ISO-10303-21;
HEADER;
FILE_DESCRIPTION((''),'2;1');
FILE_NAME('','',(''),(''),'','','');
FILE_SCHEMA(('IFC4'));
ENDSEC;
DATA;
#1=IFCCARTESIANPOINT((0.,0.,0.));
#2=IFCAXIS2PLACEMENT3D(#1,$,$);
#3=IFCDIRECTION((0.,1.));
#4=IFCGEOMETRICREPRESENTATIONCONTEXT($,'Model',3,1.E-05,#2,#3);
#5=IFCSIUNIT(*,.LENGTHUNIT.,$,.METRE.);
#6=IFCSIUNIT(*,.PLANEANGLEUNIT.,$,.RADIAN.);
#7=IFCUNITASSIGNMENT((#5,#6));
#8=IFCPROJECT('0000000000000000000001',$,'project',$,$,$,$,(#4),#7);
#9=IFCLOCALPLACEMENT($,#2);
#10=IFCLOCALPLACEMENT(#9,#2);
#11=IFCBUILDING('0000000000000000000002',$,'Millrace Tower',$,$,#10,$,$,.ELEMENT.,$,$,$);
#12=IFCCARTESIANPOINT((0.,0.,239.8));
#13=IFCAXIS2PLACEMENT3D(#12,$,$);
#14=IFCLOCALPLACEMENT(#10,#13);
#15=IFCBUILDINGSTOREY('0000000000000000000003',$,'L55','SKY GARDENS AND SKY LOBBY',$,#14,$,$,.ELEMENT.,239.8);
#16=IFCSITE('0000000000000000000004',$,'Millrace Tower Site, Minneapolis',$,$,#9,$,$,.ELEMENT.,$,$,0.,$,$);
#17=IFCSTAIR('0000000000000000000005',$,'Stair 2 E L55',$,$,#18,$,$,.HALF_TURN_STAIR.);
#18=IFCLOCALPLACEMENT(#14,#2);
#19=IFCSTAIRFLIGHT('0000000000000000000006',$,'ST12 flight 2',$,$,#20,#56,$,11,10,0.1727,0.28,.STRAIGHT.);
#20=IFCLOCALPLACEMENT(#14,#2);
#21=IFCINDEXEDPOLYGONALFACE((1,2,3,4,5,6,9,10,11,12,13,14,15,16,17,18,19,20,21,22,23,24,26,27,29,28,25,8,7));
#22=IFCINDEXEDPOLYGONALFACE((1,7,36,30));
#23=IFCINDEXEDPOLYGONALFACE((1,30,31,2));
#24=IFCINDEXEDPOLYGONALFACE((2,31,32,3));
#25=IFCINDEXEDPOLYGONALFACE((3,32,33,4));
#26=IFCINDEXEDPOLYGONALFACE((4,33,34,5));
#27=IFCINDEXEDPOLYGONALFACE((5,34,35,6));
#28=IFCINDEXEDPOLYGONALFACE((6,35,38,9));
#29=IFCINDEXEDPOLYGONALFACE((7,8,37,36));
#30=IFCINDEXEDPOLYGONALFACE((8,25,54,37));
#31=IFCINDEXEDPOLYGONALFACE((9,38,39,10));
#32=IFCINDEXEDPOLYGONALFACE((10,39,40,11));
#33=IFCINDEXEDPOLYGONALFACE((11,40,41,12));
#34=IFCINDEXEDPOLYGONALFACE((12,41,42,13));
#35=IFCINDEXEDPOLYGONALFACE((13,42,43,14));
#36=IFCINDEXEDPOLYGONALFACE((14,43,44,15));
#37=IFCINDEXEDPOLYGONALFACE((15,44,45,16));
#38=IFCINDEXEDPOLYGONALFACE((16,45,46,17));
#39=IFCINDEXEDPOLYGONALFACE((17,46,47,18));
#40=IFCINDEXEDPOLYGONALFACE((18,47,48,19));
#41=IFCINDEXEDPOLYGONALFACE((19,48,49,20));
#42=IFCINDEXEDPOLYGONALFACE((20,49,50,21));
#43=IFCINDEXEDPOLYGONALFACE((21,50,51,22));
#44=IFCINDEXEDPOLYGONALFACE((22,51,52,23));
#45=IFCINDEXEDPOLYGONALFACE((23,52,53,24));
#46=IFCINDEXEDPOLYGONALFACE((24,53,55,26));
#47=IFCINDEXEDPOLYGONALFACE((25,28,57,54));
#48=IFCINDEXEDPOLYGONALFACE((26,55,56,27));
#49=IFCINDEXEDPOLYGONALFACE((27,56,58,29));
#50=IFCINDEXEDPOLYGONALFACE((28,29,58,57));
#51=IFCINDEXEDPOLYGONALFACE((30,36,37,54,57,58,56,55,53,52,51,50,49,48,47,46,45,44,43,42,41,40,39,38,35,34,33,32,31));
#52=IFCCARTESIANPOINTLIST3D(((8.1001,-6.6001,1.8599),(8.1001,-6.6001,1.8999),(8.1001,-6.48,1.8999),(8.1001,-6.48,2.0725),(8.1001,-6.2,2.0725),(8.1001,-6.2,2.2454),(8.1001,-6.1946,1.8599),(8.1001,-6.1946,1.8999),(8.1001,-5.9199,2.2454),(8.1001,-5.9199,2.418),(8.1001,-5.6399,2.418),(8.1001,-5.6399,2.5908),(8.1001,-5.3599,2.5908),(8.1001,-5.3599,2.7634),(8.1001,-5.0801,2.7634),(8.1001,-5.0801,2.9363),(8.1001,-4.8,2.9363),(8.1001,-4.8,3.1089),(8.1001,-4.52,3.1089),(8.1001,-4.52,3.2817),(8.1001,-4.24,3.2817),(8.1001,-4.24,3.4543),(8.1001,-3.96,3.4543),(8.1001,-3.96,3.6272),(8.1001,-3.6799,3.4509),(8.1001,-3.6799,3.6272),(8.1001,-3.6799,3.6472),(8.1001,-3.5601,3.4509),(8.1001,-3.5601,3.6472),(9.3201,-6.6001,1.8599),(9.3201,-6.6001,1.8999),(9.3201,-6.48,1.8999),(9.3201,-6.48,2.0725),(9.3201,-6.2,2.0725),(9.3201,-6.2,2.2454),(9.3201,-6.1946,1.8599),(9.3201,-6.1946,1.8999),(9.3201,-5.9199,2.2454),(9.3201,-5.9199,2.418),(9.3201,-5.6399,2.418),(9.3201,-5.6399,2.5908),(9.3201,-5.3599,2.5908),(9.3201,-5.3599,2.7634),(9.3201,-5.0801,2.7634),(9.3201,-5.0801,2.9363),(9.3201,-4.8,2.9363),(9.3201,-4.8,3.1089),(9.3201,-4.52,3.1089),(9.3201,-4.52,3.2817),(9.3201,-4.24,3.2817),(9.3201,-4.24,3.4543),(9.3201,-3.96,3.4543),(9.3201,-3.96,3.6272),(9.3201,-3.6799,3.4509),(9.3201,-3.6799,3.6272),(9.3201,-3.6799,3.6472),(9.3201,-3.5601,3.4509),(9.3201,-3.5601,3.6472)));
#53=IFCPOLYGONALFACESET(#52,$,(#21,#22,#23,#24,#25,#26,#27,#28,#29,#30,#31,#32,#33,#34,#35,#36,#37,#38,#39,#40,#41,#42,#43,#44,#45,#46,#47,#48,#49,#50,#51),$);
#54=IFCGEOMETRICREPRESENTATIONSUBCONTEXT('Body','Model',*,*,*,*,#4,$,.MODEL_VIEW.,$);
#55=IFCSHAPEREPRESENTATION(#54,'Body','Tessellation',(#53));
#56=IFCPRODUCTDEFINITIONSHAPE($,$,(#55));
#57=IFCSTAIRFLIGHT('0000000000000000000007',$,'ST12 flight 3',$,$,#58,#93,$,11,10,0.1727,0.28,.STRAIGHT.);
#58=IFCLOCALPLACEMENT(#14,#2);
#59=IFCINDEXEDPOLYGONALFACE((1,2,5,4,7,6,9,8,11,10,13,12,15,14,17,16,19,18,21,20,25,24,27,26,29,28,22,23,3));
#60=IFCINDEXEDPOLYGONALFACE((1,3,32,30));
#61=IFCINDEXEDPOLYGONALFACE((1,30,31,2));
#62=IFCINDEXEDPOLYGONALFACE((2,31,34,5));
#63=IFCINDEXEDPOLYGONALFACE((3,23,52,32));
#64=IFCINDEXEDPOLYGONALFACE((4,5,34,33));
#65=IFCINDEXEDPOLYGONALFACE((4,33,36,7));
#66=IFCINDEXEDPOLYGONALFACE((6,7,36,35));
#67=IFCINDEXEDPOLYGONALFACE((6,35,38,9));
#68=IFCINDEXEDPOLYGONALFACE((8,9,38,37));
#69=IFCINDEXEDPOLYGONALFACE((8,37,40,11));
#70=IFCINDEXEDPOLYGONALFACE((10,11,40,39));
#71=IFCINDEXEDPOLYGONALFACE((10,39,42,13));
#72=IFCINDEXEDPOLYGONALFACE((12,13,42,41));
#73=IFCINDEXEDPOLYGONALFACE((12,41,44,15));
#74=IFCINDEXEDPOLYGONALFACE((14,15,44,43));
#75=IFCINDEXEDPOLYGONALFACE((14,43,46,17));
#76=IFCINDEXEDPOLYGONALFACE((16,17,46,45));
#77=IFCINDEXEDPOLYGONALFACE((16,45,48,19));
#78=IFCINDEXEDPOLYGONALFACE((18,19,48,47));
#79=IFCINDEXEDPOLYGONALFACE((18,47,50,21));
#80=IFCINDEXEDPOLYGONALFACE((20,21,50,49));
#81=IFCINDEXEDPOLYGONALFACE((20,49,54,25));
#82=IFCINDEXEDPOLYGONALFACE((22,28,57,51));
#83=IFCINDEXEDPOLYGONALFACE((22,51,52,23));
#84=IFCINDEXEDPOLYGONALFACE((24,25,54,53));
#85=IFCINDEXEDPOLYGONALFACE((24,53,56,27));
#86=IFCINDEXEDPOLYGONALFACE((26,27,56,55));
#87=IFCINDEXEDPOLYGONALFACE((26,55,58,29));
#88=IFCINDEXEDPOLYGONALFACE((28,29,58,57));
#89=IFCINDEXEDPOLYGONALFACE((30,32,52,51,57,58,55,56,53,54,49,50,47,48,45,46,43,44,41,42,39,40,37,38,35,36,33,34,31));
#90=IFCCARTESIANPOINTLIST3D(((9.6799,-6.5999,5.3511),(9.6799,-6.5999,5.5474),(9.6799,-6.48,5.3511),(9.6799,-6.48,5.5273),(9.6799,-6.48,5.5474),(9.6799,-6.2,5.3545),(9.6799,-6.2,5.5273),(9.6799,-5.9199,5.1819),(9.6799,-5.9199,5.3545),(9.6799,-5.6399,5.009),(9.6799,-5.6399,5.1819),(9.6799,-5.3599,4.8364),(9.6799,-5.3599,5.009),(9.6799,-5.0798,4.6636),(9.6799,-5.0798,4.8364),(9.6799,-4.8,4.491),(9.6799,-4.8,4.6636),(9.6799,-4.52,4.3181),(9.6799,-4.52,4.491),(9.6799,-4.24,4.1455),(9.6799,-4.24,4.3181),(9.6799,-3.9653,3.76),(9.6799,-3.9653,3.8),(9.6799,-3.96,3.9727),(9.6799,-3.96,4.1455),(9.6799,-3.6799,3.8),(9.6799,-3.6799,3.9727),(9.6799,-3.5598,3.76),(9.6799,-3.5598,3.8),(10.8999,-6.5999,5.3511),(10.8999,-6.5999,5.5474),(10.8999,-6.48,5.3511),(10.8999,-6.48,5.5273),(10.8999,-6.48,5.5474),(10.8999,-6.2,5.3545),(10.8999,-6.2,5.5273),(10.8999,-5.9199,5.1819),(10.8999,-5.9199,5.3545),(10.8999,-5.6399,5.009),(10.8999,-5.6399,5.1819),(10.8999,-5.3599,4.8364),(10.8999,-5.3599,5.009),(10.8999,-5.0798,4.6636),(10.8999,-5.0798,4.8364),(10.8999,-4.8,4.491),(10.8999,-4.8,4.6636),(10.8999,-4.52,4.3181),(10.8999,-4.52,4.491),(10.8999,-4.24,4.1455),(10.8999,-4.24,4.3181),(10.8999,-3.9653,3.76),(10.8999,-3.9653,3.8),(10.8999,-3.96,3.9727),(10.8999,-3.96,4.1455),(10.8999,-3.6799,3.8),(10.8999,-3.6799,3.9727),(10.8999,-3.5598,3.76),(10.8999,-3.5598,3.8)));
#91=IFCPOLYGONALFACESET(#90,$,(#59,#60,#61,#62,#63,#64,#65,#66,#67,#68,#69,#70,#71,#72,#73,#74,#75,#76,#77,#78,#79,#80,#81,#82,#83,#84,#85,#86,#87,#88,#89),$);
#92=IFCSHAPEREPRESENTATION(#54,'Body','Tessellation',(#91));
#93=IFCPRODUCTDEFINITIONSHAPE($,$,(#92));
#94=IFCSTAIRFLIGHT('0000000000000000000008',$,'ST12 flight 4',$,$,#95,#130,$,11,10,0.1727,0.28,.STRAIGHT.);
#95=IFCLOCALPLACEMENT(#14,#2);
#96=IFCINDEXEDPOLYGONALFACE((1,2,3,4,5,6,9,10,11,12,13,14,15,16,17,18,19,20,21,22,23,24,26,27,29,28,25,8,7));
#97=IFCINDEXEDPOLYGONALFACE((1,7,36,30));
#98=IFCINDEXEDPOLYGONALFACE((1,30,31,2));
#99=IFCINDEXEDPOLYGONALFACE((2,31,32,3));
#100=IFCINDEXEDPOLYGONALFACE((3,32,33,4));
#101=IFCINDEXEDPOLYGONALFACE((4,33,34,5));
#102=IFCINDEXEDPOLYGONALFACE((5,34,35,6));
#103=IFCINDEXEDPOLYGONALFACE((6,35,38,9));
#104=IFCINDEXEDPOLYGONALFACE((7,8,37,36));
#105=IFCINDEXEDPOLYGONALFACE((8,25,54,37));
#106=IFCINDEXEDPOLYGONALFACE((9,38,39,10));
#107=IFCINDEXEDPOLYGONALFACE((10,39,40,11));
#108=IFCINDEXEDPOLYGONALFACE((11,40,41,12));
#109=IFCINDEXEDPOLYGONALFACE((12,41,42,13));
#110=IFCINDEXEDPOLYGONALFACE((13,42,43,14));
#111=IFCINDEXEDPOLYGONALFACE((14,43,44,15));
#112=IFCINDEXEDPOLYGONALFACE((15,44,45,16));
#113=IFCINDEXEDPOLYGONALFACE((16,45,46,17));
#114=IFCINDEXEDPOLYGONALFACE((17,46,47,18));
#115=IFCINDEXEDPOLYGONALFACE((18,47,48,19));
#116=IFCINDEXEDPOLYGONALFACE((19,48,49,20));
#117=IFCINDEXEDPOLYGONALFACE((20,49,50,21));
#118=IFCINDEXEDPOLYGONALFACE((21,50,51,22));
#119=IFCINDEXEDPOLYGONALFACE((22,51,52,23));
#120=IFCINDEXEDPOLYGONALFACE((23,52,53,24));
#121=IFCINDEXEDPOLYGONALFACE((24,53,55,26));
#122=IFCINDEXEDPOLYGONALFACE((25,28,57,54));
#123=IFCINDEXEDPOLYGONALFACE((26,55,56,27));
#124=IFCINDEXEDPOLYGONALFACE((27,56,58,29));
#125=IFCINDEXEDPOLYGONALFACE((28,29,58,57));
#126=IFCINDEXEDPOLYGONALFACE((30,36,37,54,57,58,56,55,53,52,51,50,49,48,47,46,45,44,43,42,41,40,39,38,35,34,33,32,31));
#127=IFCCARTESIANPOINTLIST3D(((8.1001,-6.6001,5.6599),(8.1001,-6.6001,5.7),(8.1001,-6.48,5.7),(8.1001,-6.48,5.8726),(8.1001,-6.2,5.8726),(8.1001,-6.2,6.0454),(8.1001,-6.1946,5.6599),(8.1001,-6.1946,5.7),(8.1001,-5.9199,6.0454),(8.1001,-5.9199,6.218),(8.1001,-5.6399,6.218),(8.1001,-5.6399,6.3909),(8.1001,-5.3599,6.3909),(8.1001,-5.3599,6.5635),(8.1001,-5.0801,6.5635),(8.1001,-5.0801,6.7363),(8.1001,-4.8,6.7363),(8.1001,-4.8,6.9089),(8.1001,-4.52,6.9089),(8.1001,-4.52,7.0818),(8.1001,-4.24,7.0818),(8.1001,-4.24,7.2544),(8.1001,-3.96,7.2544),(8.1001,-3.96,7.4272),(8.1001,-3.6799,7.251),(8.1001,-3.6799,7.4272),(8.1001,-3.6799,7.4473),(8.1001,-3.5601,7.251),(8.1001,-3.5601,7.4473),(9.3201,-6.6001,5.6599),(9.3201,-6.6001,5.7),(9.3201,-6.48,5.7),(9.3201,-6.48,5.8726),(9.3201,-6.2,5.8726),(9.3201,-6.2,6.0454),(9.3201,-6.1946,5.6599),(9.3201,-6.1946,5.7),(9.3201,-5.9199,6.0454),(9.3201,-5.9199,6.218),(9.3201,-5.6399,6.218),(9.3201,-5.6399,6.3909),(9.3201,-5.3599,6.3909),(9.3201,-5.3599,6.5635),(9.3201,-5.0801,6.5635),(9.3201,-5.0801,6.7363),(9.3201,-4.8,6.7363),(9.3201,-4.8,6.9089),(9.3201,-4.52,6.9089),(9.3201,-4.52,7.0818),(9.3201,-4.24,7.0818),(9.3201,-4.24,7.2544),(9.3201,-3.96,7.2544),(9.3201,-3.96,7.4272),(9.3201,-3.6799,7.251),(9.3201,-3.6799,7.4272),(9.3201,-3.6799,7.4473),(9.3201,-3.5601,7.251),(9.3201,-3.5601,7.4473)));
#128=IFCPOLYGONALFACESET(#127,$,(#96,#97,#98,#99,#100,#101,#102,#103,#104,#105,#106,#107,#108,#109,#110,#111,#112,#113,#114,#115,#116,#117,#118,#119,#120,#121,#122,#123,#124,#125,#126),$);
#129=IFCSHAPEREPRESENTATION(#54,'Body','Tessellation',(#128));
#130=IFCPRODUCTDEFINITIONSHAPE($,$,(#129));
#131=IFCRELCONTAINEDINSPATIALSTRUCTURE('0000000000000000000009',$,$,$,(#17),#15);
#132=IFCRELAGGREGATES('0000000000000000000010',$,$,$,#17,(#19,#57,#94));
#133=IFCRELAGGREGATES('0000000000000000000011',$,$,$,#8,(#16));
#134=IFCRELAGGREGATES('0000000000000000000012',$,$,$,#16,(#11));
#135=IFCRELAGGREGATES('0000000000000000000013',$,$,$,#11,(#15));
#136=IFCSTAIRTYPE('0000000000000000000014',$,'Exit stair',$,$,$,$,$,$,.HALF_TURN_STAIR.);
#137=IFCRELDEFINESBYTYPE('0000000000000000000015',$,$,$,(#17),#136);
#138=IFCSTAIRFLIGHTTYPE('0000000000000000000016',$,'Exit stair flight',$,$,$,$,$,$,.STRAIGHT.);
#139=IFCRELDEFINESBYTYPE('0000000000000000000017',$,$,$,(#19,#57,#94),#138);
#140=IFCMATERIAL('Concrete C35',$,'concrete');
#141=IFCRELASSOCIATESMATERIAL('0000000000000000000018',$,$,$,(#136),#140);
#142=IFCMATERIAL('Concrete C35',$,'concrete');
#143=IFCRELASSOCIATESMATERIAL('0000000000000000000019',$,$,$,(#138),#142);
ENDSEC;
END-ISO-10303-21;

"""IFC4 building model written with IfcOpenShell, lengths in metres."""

from ifc_helpers import new_model, si_unit, direction, frame, origin, place, context, subcontext, project, spatial, polyline, outline, extrude, material, type_object, element, aggregate, save


model = new_model("IFC4")

# Units and contexts
model_context = context("Model", 3, precision=1e-05, world=origin(), true_north=direction((0.0, 1.0)))
body_context = subcontext(model_context, "Body", "Model", "MODEL_VIEW")
ifc_project = project(units=[si_unit("LENGTHUNIT", "METRE"), si_unit("PLANEANGLEUNIT", "RADIAN")], contexts=[model_context])

# Site, building, storey
site_placement = place(None, origin())
site = spatial("IfcSite", under=ifc_project, at=site_placement, Name="Millrace Tower Site, Minneapolis", CompositionType="ELEMENT", RefElevation=0.0)
building_placement = place(site_placement, origin())
building = spatial("IfcBuilding", under=site, at=building_placement, Name="Millrace Tower", CompositionType="ELEMENT")
storey_placement = place(building_placement, frame((0.0, 0.0, 239.8)))
storey = spatial("IfcBuildingStorey", under=building, at=storey_placement, Name="L55", Description="SKY GARDENS AND SKY LOBBY", CompositionType="ELEMENT", Elevation=239.8)

# Shared definitions
placement = place(storey_placement, origin())

# Stair, stair flights
ifc_material_1 = material(Name="Concrete C35", Category="concrete")
stair_type = type_object("IfcStairType", Name="Exit stair", PredefinedType="HALF_TURN_STAIR", material=ifc_material_1)
ifc_material_2 = material(Name="Concrete C35", Category="concrete")
stair_flight_type = type_object("IfcStairFlightType", Name="Exit stair flight", PredefinedType="STRAIGHT", material=ifc_material_2)
stair_1 = element("IfcStair", 1, at=placement, inside=storey, type_object=stair_type, Name="Stair 2 E L55", PredefinedType="HALF_TURN_STAIR")
stair_flight_1_placement = place(storey_placement, frame((8.71, -6.48, 1.8999), z_axis=(0.0, 0.0, 1.0), x_axis=(0.0, 1.0, 0.0)))
stair_flight_1 = element("IfcStairFlight", 2, at=stair_flight_1_placement, type_object=stair_flight_type, Name="ST12 flight 2", NumberOfRisers=11, NumberOfTreads=10, PredefinedType="STRAIGHT", RiserHeight=0.1727, TreadLength=0.28, context=body_context, shape_type="SweptSolid", body=[
    extrude(outline(polyline([(-0.1201, -0.04), (-0.1201, 0.0), (0.0, 0.0), (0.0, 0.1726), (0.28, 0.1726), (0.28, 0.3455), (0.5601, 0.3455), (0.5601, 0.5181), (0.8401, 0.5181), (0.8401, 0.6909), (1.1201, 0.6909), (1.1201, 0.8635), (1.3999, 0.8635), (1.3999, 1.0364), (1.6799, 1.0364), (1.6799, 1.209), (1.96, 1.209), (1.96, 1.3818), (2.24, 1.3818), (2.24, 1.5544), (2.52, 1.5544), (2.52, 1.7273), (2.8, 1.7273), (2.8, 1.7473), (2.9199, 1.7473), (2.9199, 1.551), (2.8, 1.551), (0.2854, 0.0), (0.2854, -0.04), (-0.1201, -0.04)])), frame((0.0, 0.6099, 0.0), z_axis=(0.0, -1.0, 0.0), x_axis=(1.0, 0.0, 0.0)), (0.0, 0.0, 1.0), 1.22),
])
stair_flight_2_placement = place(storey_placement, frame((10.29, -3.6799, 3.8), z_axis=(0.0, 0.0, 1.0), x_axis=(0.0, -1.0, 0.0)))
stair_flight_2 = element("IfcStairFlight", 3, at=stair_flight_2_placement, type_object=stair_flight_type, Name="ST12 flight 3", NumberOfRisers=11, NumberOfTreads=10, PredefinedType="STRAIGHT", RiserHeight=0.1727, TreadLength=0.28, context=body_context, shape_type="SweptSolid", body=[
    extrude(outline(polyline([(-0.1201, -0.04), (-0.1201, 0.0), (0.0, 0.0), (0.0, 0.1726), (0.28, 0.1726), (0.28, 0.3455), (0.5601, 0.3455), (0.5601, 0.5181), (0.8401, 0.5181), (0.8401, 0.6909), (1.1201, 0.6909), (1.1201, 0.8635), (1.3999, 0.8635), (1.3999, 1.0364), (1.6799, 1.0364), (1.6799, 1.209), (1.96, 1.209), (1.96, 1.3818), (2.24, 1.3818), (2.24, 1.5544), (2.52, 1.5544), (2.52, 1.7273), (2.8, 1.7273), (2.8, 1.7473), (2.9199, 1.7473), (2.9199, 1.551), (2.8, 1.551), (0.2854, 0.0), (0.2854, -0.04), (-0.1201, -0.04)])), frame((0.0, 0.6099, 0.0), z_axis=(0.0, -1.0, 0.0), x_axis=(1.0, 0.0, 0.0)), (0.0, 0.0, 1.0), 1.22),
])
stair_flight_3_placement = place(storey_placement, frame((8.71, -6.48, 5.7), z_axis=(0.0, 0.0, 1.0), x_axis=(0.0, 1.0, 0.0)))
stair_flight_3 = element("IfcStairFlight", 4, at=stair_flight_3_placement, type_object=stair_flight_type, Name="ST12 flight 4", NumberOfRisers=11, NumberOfTreads=10, PredefinedType="STRAIGHT", RiserHeight=0.1727, TreadLength=0.28, context=body_context, shape_type="SweptSolid", body=[
    extrude(outline(polyline([(-0.1201, -0.04), (-0.1201, 0.0), (0.0, 0.0), (0.0, 0.1726), (0.28, 0.1726), (0.28, 0.3455), (0.5601, 0.3455), (0.5601, 0.5181), (0.8401, 0.5181), (0.8401, 0.6909), (1.1201, 0.6909), (1.1201, 0.8635), (1.3999, 0.8635), (1.3999, 1.0364), (1.6799, 1.0364), (1.6799, 1.209), (1.96, 1.209), (1.96, 1.3818), (2.24, 1.3818), (2.24, 1.5544), (2.52, 1.5544), (2.52, 1.7273), (2.8, 1.7273), (2.8, 1.7473), (2.9199, 1.7473), (2.9199, 1.551), (2.8, 1.551), (0.2854, 0.0), (0.2854, -0.04), (-0.1201, -0.04)])), frame((0.0, 0.6099, 0.0), z_axis=(0.0, -1.0, 0.0), x_axis=(1.0, 0.0, 0.0)), (0.0, 0.0, 1.0), 1.22),
])
aggregate(stair_1, [stair_flight_1, stair_flight_2, stair_flight_3])

save(model, "model.ifc")
